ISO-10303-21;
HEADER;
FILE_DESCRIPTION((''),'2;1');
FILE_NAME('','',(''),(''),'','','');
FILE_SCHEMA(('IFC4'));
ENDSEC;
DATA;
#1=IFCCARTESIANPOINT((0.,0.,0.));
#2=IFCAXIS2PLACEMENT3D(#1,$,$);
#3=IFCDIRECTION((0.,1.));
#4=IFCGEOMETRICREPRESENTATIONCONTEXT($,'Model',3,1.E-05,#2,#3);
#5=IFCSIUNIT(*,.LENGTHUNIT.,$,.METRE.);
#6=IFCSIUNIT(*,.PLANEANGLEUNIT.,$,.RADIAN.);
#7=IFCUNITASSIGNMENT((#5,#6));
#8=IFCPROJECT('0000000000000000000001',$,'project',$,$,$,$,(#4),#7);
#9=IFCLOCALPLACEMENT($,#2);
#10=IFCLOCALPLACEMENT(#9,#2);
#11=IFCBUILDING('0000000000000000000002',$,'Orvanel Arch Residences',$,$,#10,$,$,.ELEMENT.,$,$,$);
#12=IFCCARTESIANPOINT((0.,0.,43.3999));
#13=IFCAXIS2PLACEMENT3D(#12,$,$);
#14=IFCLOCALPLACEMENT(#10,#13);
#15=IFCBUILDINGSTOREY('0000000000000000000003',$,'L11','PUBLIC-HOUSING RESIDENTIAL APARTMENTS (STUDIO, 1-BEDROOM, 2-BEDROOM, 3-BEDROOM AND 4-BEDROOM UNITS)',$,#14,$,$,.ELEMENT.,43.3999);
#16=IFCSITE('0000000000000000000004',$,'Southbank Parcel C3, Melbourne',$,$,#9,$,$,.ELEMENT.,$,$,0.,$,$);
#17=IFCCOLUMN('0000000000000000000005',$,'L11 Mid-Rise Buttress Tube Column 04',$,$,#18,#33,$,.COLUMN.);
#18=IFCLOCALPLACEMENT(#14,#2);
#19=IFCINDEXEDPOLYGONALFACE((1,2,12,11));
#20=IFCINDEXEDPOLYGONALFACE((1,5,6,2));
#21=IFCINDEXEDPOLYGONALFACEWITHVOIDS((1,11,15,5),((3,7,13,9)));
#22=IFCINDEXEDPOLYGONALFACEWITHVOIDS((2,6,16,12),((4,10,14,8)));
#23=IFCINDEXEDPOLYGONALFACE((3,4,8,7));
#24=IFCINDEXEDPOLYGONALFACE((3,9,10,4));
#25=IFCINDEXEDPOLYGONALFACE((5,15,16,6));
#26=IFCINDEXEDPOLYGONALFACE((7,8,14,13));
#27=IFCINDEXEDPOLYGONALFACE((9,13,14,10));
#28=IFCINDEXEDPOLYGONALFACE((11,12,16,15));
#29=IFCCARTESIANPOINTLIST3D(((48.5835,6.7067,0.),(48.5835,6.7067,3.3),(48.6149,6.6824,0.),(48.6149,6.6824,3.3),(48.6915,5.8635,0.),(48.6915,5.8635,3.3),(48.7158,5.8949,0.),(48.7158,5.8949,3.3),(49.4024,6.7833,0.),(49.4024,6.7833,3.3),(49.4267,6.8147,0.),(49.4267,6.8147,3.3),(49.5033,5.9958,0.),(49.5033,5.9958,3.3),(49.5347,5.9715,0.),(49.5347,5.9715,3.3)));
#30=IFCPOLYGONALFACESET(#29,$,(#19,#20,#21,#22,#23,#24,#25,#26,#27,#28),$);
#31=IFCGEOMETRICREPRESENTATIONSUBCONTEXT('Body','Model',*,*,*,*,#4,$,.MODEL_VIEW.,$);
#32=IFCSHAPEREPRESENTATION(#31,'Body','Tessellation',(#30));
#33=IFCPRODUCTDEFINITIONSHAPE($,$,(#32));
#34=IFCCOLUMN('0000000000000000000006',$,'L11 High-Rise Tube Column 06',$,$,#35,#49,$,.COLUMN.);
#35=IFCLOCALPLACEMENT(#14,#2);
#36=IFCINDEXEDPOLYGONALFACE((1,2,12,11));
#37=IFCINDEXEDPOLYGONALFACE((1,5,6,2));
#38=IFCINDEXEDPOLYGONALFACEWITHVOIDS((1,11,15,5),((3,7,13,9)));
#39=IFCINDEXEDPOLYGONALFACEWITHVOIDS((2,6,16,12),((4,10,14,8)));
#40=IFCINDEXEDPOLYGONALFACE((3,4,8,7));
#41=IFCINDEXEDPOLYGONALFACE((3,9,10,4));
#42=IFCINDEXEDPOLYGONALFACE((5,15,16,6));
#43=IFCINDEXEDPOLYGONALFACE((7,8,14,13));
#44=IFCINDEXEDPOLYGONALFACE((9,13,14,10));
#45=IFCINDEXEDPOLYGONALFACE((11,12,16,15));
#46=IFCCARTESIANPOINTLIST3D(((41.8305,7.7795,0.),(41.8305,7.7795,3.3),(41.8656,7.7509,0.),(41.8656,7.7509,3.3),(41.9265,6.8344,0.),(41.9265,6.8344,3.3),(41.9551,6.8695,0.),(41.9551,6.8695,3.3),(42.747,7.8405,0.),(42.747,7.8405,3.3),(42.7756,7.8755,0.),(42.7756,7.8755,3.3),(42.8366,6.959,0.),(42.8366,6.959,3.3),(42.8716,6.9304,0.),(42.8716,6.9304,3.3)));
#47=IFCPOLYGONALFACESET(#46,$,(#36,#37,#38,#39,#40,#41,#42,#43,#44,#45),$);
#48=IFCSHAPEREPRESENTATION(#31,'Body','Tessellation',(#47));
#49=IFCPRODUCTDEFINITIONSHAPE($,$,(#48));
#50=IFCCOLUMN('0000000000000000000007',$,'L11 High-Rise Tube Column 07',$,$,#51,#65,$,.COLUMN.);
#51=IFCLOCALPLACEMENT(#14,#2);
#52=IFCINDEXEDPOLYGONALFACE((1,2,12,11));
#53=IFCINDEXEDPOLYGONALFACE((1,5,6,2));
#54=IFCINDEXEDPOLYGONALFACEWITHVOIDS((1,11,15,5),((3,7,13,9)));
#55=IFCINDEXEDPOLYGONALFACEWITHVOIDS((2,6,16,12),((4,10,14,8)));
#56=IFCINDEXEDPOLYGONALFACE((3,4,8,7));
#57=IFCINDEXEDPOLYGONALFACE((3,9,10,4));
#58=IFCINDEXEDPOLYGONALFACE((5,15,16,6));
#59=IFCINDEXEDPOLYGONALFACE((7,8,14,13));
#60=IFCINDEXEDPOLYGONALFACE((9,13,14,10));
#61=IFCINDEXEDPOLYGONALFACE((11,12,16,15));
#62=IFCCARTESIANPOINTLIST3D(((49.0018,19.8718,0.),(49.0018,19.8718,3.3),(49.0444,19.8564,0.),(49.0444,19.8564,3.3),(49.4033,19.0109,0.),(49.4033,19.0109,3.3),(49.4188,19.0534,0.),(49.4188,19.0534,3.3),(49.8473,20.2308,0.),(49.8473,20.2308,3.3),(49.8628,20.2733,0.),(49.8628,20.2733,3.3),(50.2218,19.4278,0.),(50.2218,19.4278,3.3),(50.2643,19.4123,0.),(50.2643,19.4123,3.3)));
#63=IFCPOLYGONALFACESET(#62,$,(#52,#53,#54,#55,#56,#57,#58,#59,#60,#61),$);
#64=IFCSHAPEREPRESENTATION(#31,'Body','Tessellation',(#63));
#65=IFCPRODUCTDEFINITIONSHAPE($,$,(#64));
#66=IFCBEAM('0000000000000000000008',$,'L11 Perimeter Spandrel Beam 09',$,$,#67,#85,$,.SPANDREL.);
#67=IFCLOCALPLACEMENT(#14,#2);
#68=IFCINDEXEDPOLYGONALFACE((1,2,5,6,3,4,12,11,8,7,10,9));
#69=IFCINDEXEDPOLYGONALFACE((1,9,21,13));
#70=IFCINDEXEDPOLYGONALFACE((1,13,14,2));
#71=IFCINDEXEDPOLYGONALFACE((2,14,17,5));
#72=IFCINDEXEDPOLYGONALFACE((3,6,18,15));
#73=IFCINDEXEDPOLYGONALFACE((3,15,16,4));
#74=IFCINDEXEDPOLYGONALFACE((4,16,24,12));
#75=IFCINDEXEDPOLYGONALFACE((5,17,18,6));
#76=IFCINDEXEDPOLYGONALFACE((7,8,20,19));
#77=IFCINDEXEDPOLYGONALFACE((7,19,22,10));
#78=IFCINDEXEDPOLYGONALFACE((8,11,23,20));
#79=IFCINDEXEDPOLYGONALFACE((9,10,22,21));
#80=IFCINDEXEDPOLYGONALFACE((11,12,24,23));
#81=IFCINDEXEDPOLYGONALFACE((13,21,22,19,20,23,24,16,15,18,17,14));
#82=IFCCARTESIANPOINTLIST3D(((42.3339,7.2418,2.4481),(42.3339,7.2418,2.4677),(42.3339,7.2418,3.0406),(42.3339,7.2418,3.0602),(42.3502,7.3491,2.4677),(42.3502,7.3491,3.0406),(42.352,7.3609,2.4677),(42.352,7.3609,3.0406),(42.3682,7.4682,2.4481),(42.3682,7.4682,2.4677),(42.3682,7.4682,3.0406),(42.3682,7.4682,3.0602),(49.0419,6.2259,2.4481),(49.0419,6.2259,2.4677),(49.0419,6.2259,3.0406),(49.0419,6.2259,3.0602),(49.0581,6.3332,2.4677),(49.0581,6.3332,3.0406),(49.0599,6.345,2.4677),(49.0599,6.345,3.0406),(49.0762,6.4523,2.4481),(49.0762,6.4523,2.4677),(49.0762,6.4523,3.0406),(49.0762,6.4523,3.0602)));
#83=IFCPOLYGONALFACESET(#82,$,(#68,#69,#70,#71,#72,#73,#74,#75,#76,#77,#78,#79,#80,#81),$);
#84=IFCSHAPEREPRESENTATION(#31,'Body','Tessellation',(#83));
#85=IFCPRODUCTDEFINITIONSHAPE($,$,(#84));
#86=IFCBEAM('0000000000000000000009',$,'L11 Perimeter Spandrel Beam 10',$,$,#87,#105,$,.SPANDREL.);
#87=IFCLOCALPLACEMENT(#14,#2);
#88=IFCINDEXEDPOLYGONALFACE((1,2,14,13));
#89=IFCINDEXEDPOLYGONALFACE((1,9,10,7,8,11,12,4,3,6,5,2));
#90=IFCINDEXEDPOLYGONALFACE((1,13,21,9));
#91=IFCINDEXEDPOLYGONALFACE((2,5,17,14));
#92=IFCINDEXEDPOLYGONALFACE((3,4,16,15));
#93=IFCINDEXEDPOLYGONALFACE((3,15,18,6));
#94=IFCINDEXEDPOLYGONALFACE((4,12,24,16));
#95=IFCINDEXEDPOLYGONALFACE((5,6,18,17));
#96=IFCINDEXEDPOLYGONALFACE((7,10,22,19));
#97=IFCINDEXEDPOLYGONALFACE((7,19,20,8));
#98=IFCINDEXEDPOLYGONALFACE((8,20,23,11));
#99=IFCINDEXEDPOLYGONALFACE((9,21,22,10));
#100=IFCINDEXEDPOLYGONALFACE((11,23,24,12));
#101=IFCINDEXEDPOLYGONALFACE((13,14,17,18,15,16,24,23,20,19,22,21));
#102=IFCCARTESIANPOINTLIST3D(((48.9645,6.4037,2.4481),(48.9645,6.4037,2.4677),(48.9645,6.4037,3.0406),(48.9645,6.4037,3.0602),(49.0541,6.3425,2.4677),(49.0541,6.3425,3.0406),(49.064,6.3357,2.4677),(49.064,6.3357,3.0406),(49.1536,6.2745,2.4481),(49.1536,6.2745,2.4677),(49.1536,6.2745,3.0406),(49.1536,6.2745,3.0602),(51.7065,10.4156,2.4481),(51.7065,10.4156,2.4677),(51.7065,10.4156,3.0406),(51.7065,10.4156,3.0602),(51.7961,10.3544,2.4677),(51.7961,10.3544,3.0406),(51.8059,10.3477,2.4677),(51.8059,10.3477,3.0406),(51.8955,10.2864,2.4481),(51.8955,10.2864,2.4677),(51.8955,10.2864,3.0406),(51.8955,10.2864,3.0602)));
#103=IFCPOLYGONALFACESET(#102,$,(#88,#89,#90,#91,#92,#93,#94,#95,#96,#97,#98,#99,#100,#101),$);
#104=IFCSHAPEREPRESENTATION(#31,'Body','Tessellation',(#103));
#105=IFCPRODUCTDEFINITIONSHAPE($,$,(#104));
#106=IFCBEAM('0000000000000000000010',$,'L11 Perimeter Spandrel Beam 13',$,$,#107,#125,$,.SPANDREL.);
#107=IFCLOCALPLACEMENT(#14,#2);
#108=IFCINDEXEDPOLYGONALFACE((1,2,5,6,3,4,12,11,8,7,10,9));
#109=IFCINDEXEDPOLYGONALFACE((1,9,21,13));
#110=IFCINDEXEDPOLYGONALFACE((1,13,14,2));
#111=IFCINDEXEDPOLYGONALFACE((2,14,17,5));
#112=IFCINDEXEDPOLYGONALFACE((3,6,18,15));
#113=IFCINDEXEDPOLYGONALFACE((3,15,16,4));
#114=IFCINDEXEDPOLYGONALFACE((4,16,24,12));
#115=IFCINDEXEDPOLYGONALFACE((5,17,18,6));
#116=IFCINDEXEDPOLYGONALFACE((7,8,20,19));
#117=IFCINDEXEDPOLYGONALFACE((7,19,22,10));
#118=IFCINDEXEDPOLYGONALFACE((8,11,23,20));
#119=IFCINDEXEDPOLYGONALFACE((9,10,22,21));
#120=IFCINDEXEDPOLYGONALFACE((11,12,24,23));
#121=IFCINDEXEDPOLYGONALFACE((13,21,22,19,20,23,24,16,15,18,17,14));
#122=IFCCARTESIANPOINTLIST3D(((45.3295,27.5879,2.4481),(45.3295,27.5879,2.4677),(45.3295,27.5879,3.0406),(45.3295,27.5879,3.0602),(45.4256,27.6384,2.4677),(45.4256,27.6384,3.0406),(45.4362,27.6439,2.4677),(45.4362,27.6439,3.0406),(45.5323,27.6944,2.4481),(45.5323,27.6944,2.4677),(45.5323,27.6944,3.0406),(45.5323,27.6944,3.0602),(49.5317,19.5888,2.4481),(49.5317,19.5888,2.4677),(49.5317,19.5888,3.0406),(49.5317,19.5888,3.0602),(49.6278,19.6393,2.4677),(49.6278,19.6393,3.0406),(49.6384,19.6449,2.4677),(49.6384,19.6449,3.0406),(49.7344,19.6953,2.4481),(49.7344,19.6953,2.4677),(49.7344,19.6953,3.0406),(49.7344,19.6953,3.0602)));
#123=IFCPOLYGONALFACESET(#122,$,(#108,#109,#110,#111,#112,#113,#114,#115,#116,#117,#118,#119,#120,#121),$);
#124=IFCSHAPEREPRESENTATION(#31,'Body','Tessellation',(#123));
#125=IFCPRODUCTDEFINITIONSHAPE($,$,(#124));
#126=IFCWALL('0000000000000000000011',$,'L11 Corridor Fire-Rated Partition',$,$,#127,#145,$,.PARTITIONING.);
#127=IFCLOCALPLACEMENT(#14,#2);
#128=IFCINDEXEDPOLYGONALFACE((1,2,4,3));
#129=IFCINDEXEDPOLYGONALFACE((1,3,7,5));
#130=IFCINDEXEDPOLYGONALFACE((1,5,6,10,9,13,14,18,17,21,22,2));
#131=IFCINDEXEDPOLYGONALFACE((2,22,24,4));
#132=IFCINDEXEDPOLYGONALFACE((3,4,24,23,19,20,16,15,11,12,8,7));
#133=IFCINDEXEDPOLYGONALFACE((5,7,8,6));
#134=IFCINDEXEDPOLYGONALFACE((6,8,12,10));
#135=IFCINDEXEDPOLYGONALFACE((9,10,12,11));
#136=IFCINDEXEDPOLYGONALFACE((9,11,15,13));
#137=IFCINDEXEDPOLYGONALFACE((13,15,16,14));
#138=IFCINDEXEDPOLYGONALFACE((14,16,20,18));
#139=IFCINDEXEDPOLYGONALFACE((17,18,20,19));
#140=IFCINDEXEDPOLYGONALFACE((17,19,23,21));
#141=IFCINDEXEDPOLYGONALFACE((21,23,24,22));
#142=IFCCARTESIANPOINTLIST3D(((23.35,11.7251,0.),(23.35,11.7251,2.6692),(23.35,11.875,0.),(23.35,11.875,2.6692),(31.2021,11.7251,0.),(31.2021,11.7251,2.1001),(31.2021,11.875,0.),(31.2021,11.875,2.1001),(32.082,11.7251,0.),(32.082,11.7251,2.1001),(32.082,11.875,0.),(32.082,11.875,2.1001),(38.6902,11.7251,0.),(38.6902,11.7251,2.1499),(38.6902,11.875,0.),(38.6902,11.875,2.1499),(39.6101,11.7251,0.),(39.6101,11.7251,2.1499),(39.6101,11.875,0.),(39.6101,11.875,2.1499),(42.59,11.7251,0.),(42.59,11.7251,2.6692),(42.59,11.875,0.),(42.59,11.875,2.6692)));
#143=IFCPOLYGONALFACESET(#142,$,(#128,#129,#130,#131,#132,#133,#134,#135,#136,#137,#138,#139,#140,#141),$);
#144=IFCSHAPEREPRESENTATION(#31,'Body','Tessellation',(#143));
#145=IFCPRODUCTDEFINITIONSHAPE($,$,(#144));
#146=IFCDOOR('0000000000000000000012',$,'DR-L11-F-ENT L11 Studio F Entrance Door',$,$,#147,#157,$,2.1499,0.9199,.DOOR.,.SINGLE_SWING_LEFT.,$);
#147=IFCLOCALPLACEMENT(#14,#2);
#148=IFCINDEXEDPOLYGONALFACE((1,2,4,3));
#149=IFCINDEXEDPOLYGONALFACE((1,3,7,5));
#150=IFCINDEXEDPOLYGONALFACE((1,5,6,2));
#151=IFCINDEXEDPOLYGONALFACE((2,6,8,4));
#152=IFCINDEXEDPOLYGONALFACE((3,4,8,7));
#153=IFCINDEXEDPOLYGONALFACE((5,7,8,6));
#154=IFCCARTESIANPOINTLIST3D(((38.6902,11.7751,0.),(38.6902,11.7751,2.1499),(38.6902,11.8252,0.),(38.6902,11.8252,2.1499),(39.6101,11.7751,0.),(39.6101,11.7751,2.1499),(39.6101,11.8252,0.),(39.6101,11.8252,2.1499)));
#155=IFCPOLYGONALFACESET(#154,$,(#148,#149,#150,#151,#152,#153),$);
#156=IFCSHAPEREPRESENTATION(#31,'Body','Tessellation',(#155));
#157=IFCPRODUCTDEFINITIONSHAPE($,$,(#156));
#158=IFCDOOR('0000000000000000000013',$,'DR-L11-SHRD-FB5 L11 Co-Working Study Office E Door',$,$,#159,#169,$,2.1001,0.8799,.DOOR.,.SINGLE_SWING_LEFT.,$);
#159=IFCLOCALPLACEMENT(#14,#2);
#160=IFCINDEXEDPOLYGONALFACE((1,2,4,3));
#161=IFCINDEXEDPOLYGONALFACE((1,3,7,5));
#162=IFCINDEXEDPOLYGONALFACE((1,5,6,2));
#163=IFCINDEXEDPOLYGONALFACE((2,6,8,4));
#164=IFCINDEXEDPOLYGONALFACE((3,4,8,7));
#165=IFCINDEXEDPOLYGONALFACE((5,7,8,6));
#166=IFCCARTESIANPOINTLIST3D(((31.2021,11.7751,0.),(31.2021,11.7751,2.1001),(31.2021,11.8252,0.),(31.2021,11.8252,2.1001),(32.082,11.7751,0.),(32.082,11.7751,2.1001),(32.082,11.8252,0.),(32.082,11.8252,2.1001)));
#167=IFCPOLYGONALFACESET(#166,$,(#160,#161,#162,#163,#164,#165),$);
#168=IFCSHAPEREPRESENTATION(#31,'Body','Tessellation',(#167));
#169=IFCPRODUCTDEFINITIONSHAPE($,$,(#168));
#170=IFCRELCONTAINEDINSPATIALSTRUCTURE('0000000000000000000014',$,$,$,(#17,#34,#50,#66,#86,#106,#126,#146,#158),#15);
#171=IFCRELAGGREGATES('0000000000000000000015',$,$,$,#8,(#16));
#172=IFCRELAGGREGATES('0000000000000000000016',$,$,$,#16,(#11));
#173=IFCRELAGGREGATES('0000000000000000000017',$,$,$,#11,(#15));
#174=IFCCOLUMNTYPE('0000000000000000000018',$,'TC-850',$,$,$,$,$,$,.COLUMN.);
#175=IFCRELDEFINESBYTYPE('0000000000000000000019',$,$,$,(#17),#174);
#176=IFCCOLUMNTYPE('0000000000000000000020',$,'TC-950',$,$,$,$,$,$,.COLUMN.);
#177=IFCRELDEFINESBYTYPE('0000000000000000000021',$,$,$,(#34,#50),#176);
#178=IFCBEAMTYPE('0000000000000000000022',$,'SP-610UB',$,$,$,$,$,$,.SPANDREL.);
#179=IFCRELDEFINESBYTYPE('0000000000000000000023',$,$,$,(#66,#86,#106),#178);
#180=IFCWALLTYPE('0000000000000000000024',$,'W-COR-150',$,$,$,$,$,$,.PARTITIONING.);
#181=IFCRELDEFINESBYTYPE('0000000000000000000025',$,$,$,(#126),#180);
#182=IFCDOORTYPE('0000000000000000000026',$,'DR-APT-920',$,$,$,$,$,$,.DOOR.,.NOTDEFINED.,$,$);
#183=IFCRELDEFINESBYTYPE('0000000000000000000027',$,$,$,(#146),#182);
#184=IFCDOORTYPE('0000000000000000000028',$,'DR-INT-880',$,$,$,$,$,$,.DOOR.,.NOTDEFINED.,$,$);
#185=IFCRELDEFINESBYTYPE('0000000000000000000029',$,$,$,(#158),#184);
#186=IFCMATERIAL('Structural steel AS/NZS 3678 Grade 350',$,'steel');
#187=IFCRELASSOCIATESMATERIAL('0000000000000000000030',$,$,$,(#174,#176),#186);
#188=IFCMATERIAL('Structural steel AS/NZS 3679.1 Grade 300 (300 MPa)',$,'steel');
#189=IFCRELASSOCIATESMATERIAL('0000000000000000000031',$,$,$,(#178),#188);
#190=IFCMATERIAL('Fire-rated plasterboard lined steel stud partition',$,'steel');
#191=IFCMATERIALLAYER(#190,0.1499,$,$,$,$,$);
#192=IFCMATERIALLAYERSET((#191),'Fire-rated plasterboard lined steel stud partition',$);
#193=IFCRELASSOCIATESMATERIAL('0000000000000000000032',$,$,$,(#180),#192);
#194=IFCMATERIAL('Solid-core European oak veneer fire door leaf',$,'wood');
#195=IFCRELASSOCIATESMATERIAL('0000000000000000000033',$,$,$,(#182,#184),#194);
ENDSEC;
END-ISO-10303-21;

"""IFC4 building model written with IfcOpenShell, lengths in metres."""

from ifc_helpers import new_model, si_unit, direction, frame, frame_2d, origin, origin_2d, place, context, subcontext, project, spatial, rectangle, hollow_rectangle, i_section, extrude, material, layer, layer_set, material_profile, profile_set, type_object, element, fill, save


model = new_model("IFC4")

# Units and contexts
model_context = context("Model", 3, precision=1e-05, world=origin(), true_north=direction((0.0, 1.0)))
body_context = subcontext(model_context, "Body", "Model", "MODEL_VIEW")
ifc_project = project(units=[si_unit("LENGTHUNIT", "METRE"), si_unit("PLANEANGLEUNIT", "RADIAN")], contexts=[model_context])

# Site, building, storey
site_placement = place(None, origin())
site = spatial("IfcSite", under=ifc_project, at=site_placement, Name="Southbank Parcel C3, Melbourne", CompositionType="ELEMENT", RefElevation=0.0)
building_placement = place(site_placement, origin())
building = spatial("IfcBuilding", under=site, at=building_placement, Name="Orvanel Arch Residences", CompositionType="ELEMENT")
storey_placement = place(building_placement, frame((0.0, 0.0, 43.3999)))
storey = spatial("IfcBuildingStorey", under=building, at=storey_placement, Name="L11", Description="PUBLIC-HOUSING RESIDENTIAL APARTMENTS (STUDIO, 1-BEDROOM, 2-BEDROOM, 3-BEDROOM AND 4-BEDROOM UNITS)", CompositionType="ELEMENT", Elevation=43.3999)

# Columns
ifc_material_1 = material(Name="Structural steel AS/NZS 3678 Grade 350", Category="steel")
ifc_material_profile_1 = material_profile(ifc_material_1, hollow_rectangle(XDim=0.8501, YDim=0.8501, WallThickness=0.0281, at=origin_2d()), Name="BOX850x850x28")
ifc_profile_set_1 = profile_set([ifc_material_profile_1], Name="Structural steel AS/NZS 3678 Grade 350")
column_type_1 = type_object("IfcColumnType", Name="TC-850", PredefinedType="COLUMN", material=ifc_profile_set_1)
column_placement = place(storey_placement, frame((49.0591, 6.3391, 0.0), z_axis=(0.0, 0.0, 1.0), x_axis=(0.991894, 0.127065, 0.0)))
element("IfcColumn", 1, at=column_placement, inside=storey, type_object=column_type_1, Name="L11 Mid-Rise Buttress Tube Column 04", PredefinedType="COLUMN", context=body_context, shape_type="SweptSolid", body=[
    extrude(hollow_rectangle(XDim=0.8501, YDim=0.8501, WallThickness=0.0281, at=origin_2d()), origin(), (0.0, 0.0, 1.0), 3.3),
])
ifc_material_profile_2 = material_profile(ifc_material_1, hollow_rectangle(XDim=0.95, YDim=0.95, WallThickness=0.032, at=origin_2d()), Name="BOX950x950x32")
ifc_profile_set_2 = profile_set([ifc_material_profile_2], Name="Structural steel AS/NZS 3678 Grade 350")
column_type_2 = type_object("IfcColumnType", Name="TC-950", PredefinedType="COLUMN", material=ifc_profile_set_2)
for number, where, z_axis, x_axis, name in (
    (2, (42.3511, 7.355, 0.0), (0.0, 0.0, 1.0), (0.994881, 0.101056, 0.0), "L11 High-Rise Tube Column 06"),
    (3, (49.6331, 19.6421, 0.0), (0.0, 0.0, 1.0), (-0.422618, 0.906308, 0.0), "L11 High-Rise Tube Column 07"),
):
    element("IfcColumn", number, at=place(storey_placement, frame(where, z_axis=z_axis, x_axis=x_axis)), inside=storey, type_object=column_type_2, Name=name, PredefinedType="COLUMN", context=body_context, shape_type="SweptSolid", body=[
        extrude(hollow_rectangle(XDim=0.95, YDim=0.95, WallThickness=0.032, at=origin_2d()), origin(), (0.0, 0.0, 1.0), 3.3),
    ])

# Beams
ifc_material_2 = material(Name="Structural steel AS/NZS 3679.1 Grade 300 (300 MPa)", Category="steel")
ifc_material_profile_3 = material_profile(ifc_material_2, i_section(OverallWidth=0.229, OverallDepth=0.6121, WebThickness=0.012, FlangeThickness=0.0195, at=origin_2d()), Name="610UB125")
ifc_profile_set_3 = profile_set([ifc_material_profile_3], Name="Structural steel AS/NZS 3679.1 Grade 300 (300 MPa)")
beam_type = type_object("IfcBeamType", Name="SP-610UB", PredefinedType="SPANDREL", material=ifc_profile_set_3)
beam_1_placement = place(storey_placement, frame((42.3511, 7.355, 2.7542), z_axis=(0.988726, -0.149734, 0.0), x_axis=(0.149734, 0.988726, 0.0)))
element("IfcBeam", 4, at=beam_1_placement, inside=storey, type_object=beam_type, Name="L11 Perimeter Spandrel Beam 09", PredefinedType="SPANDREL", context=body_context, shape_type="SweptSolid", body=[
    extrude(i_section(OverallWidth=0.229, OverallDepth=0.6121, WebThickness=0.012, FlangeThickness=0.0195, at=origin_2d()), origin(), (0.0, 0.0, 1.0), 6.7844),
])
beam_2_placement = place(storey_placement, frame((49.0591, 6.3391, 2.7542), z_axis=(0.564252, 0.825603, 0.0), x_axis=(-0.825603, 0.564252, 0.0)))
element("IfcBeam", 5, at=beam_2_placement, inside=storey, type_object=beam_type, Name="L11 Perimeter Spandrel Beam 10", PredefinedType="SPANDREL", context=body_context, shape_type="SweptSolid", body=[
    extrude(i_section(OverallWidth=0.229, OverallDepth=0.6121, WebThickness=0.012, FlangeThickness=0.0195, at=origin_2d()), origin(), (0.0, 0.0, 1.0), 4.8594),
])
beam_3_placement = place(storey_placement, frame((49.6331, 19.6421, 2.7542), z_axis=(-0.465065, 0.885277, 0.0), x_axis=(-0.885277, -0.465065, 0.0)))
element("IfcBeam", 6, at=beam_3_placement, inside=storey, type_object=beam_type, Name="L11 Perimeter Spandrel Beam 13", PredefinedType="SPANDREL", context=body_context, shape_type="SweptSolid", body=[
    extrude(i_section(OverallWidth=0.229, OverallDepth=0.6121, WebThickness=0.012, FlangeThickness=0.0195, at=origin_2d()), origin(), (0.0, 0.0, 1.0), 9.0356),
])

# Wall, openings, doors
ifc_material_3 = material(Name="Fire-rated plasterboard lined steel stud partition", Category="steel")
ifc_layer_1 = layer(ifc_material_3, 0.1499)
ifc_layer_set_1 = layer_set([ifc_layer_1], Name="Fire-rated plasterboard lined steel stud partition")
wall_type_1 = type_object("IfcWallType", Name="W-COR-150", PredefinedType="PARTITIONING", material=ifc_layer_set_1)
wall_1_placement = place(storey_placement, frame((42.5901, 11.8, 0.0), z_axis=(0.0, 0.0, 1.0), x_axis=(-1.0, 0.0, 0.0)))
wall_1 = element("IfcWall", 7, at=wall_1_placement, inside=storey, type_object=wall_type_1, Name="L11 Corridor Fire-Rated Partition", PredefinedType="PARTITIONING", context=body_context, shape_type="SweptSolid", body=[
    extrude(rectangle(XDim=19.24, YDim=0.1499, at=frame_2d((9.6201, 0.0))), origin(), (0.0, 0.0, 1.0), 2.6692),
])
opening_1_placement = place(wall_1_placement, frame((10.5081, 0.0, 0.0)))
opening_1 = element("IfcOpeningElement", 8, at=opening_1_placement, cuts=wall_1, PredefinedType="OPENING", context=body_context, shape_type="SweptSolid", body=[
    extrude(rectangle(XDim=0.8799, YDim=2.1001, at=frame_2d((0.4399, 1.05))), frame((0.0, 0.085, 0.0), z_axis=(0.0, -1.0, 0.0), x_axis=(1.0, 0.0, 0.0)), (0.0, 0.0, 1.0), 0.1699),
])
opening_2_placement = place(wall_1_placement, frame((2.98, 0.0, 0.0)))
opening_2 = element("IfcOpeningElement", 9, at=opening_2_placement, cuts=wall_1, PredefinedType="OPENING", context=body_context, shape_type="SweptSolid", body=[
    extrude(rectangle(XDim=0.9199, YDim=2.1499, at=frame_2d((0.46, 1.075))), frame((0.0, 0.085, 0.0), z_axis=(0.0, -1.0, 0.0), x_axis=(1.0, 0.0, 0.0)), (0.0, 0.0, 1.0), 0.1699),
])
ifc_material_4 = material(Name="Solid-core European oak veneer fire door leaf", Category="wood")
door_type_1 = type_object("IfcDoorType", Name="DR-APT-920", OperationType="NOTDEFINED", PredefinedType="DOOR", material=ifc_material_4)
door_1_placement = place(opening_2_placement, origin())
door_1 = element("IfcDoor", 10, at=door_1_placement, inside=storey, type_object=door_type_1, Name="DR-L11-F-ENT L11 Studio F Entrance Door", OperationType="SINGLE_SWING_LEFT", OverallHeight=2.1499, OverallWidth=0.9199, PredefinedType="DOOR", context=body_context, shape_type="SweptSolid", body=[
    extrude(rectangle(XDim=0.9199, YDim=2.1499, at=frame_2d((0.46, 1.075))), frame((0.0, 0.0249, 0.0), z_axis=(0.0, -1.0, 0.0), x_axis=(1.0, 0.0, 0.0)), (0.0, 0.0, 1.0), 0.05),
])
fill(opening_2, door_1)
door_type_2 = type_object("IfcDoorType", Name="DR-INT-880", OperationType="NOTDEFINED", PredefinedType="DOOR", material=ifc_material_4)
door_2_placement = place(opening_1_placement, origin())
door_2 = element("IfcDoor", 11, at=door_2_placement, inside=storey, type_object=door_type_2, Name="DR-L11-SHRD-FB5 L11 Co-Working Study Office E Door", OperationType="SINGLE_SWING_LEFT", OverallHeight=2.1001, OverallWidth=0.8799, PredefinedType="DOOR", context=body_context, shape_type="SweptSolid", body=[
    extrude(rectangle(XDim=0.8799, YDim=2.1001, at=frame_2d((0.4399, 1.05))), frame((0.0, 0.0249, 0.0), z_axis=(0.0, -1.0, 0.0), x_axis=(1.0, 0.0, 0.0)), (0.0, 0.0, 1.0), 0.05),
])
fill(opening_1, door_2)

save(model, "model.ifc")
